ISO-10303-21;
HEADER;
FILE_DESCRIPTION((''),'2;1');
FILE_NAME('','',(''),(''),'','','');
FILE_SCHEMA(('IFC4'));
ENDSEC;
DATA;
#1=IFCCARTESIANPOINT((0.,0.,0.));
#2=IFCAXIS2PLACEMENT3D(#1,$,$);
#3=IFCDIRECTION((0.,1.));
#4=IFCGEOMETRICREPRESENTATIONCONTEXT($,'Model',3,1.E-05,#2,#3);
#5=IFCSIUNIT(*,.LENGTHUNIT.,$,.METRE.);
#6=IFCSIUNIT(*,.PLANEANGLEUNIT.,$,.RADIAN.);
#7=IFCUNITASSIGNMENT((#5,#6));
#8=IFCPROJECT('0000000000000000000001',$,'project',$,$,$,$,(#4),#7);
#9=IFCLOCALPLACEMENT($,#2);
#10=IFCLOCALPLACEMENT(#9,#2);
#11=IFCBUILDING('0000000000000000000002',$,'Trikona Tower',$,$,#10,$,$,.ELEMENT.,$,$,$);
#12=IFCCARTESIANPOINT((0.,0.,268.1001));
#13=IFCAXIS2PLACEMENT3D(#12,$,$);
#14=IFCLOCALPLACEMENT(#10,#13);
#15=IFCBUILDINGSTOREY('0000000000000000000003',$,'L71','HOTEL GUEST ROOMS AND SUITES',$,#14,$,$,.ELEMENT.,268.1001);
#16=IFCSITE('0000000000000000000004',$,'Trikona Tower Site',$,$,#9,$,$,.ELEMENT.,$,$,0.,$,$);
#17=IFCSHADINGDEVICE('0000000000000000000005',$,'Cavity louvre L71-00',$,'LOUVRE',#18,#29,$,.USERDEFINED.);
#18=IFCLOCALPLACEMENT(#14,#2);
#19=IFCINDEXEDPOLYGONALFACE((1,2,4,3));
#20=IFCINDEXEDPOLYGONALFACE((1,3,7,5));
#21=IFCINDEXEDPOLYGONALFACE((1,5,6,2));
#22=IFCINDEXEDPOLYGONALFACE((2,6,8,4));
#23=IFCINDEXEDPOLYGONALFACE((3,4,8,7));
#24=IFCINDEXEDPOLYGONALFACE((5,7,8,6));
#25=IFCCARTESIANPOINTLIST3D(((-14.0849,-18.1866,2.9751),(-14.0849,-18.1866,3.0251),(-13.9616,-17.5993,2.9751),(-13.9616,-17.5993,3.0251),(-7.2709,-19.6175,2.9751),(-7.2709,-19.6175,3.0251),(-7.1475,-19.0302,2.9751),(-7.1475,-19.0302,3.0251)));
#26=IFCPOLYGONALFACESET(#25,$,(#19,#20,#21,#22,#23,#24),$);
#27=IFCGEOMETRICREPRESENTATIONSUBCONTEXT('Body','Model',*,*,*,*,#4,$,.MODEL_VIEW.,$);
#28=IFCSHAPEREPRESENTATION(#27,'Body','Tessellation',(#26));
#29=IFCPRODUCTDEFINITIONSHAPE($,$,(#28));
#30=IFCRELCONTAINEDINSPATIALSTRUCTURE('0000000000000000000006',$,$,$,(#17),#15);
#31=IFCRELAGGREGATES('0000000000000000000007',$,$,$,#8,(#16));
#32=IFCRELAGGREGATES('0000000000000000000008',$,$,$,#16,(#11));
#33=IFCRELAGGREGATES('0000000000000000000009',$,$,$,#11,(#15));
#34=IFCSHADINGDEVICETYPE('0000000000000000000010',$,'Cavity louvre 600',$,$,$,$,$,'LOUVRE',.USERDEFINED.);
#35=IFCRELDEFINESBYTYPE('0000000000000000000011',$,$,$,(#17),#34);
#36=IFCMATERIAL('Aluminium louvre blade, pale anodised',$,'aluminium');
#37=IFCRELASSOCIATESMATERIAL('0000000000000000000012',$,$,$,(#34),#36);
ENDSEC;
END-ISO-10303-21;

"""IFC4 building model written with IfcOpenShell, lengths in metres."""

from ifc_helpers import new_model, si_unit, direction, frame, origin, origin_2d, place, context, subcontext, project, spatial, rectangle, extrude, material, type_object, element, save


model = new_model("IFC4")

# Units and contexts
model_context = context("Model", 3, precision=1e-05, world=origin(), true_north=direction((0.0, 1.0)))
body_context = subcontext(model_context, "Body", "Model", "MODEL_VIEW")
ifc_project = project(units=[si_unit("LENGTHUNIT", "METRE"), si_unit("PLANEANGLEUNIT", "RADIAN")], contexts=[model_context])

# Site, building, storey
site_placement = place(None, origin())
site = spatial("IfcSite", under=ifc_project, at=site_placement, Name="Trikona Tower Site", CompositionType="ELEMENT", RefElevation=0.0)
building_placement = place(site_placement, origin())
building = spatial("IfcBuilding", under=site, at=building_placement, Name="Trikona Tower", CompositionType="ELEMENT")
storey_placement = place(building_placement, frame((0.0, 0.0, 268.1001)))
storey = spatial("IfcBuildingStorey", under=building, at=storey_placement, Name="L71", Description="HOTEL GUEST ROOMS AND SUITES", CompositionType="ELEMENT", Elevation=268.1001)

# Shading device
ifc_material_1 = material(Name="Aluminium louvre blade, pale anodised", Category="aluminium")
shading_device_type = type_object("IfcShadingDeviceType", Name="Cavity louvre 600", ElementType="LOUVRE", PredefinedType="USERDEFINED", material=ifc_material_1)
shading_device_placement = place(storey_placement, frame((-10.6162, -18.6084, 2.9751), z_axis=(0.0, 0.0, 1.0), x_axis=(0.978653, -0.205518, 0.0)))
element("IfcShadingDevice", 1, at=shading_device_placement, inside=storey, type_object=shading_device_type, Name="Cavity louvre L71-00", ObjectType="LOUVRE", PredefinedType="USERDEFINED", context=body_context, shape_type="SweptSolid", body=[
    extrude(rectangle(XDim=6.9626, YDim=0.6001, at=origin_2d()), origin(), (0.0, 0.0, 1.0), 0.05),
])

save(model, "model.ifc")
